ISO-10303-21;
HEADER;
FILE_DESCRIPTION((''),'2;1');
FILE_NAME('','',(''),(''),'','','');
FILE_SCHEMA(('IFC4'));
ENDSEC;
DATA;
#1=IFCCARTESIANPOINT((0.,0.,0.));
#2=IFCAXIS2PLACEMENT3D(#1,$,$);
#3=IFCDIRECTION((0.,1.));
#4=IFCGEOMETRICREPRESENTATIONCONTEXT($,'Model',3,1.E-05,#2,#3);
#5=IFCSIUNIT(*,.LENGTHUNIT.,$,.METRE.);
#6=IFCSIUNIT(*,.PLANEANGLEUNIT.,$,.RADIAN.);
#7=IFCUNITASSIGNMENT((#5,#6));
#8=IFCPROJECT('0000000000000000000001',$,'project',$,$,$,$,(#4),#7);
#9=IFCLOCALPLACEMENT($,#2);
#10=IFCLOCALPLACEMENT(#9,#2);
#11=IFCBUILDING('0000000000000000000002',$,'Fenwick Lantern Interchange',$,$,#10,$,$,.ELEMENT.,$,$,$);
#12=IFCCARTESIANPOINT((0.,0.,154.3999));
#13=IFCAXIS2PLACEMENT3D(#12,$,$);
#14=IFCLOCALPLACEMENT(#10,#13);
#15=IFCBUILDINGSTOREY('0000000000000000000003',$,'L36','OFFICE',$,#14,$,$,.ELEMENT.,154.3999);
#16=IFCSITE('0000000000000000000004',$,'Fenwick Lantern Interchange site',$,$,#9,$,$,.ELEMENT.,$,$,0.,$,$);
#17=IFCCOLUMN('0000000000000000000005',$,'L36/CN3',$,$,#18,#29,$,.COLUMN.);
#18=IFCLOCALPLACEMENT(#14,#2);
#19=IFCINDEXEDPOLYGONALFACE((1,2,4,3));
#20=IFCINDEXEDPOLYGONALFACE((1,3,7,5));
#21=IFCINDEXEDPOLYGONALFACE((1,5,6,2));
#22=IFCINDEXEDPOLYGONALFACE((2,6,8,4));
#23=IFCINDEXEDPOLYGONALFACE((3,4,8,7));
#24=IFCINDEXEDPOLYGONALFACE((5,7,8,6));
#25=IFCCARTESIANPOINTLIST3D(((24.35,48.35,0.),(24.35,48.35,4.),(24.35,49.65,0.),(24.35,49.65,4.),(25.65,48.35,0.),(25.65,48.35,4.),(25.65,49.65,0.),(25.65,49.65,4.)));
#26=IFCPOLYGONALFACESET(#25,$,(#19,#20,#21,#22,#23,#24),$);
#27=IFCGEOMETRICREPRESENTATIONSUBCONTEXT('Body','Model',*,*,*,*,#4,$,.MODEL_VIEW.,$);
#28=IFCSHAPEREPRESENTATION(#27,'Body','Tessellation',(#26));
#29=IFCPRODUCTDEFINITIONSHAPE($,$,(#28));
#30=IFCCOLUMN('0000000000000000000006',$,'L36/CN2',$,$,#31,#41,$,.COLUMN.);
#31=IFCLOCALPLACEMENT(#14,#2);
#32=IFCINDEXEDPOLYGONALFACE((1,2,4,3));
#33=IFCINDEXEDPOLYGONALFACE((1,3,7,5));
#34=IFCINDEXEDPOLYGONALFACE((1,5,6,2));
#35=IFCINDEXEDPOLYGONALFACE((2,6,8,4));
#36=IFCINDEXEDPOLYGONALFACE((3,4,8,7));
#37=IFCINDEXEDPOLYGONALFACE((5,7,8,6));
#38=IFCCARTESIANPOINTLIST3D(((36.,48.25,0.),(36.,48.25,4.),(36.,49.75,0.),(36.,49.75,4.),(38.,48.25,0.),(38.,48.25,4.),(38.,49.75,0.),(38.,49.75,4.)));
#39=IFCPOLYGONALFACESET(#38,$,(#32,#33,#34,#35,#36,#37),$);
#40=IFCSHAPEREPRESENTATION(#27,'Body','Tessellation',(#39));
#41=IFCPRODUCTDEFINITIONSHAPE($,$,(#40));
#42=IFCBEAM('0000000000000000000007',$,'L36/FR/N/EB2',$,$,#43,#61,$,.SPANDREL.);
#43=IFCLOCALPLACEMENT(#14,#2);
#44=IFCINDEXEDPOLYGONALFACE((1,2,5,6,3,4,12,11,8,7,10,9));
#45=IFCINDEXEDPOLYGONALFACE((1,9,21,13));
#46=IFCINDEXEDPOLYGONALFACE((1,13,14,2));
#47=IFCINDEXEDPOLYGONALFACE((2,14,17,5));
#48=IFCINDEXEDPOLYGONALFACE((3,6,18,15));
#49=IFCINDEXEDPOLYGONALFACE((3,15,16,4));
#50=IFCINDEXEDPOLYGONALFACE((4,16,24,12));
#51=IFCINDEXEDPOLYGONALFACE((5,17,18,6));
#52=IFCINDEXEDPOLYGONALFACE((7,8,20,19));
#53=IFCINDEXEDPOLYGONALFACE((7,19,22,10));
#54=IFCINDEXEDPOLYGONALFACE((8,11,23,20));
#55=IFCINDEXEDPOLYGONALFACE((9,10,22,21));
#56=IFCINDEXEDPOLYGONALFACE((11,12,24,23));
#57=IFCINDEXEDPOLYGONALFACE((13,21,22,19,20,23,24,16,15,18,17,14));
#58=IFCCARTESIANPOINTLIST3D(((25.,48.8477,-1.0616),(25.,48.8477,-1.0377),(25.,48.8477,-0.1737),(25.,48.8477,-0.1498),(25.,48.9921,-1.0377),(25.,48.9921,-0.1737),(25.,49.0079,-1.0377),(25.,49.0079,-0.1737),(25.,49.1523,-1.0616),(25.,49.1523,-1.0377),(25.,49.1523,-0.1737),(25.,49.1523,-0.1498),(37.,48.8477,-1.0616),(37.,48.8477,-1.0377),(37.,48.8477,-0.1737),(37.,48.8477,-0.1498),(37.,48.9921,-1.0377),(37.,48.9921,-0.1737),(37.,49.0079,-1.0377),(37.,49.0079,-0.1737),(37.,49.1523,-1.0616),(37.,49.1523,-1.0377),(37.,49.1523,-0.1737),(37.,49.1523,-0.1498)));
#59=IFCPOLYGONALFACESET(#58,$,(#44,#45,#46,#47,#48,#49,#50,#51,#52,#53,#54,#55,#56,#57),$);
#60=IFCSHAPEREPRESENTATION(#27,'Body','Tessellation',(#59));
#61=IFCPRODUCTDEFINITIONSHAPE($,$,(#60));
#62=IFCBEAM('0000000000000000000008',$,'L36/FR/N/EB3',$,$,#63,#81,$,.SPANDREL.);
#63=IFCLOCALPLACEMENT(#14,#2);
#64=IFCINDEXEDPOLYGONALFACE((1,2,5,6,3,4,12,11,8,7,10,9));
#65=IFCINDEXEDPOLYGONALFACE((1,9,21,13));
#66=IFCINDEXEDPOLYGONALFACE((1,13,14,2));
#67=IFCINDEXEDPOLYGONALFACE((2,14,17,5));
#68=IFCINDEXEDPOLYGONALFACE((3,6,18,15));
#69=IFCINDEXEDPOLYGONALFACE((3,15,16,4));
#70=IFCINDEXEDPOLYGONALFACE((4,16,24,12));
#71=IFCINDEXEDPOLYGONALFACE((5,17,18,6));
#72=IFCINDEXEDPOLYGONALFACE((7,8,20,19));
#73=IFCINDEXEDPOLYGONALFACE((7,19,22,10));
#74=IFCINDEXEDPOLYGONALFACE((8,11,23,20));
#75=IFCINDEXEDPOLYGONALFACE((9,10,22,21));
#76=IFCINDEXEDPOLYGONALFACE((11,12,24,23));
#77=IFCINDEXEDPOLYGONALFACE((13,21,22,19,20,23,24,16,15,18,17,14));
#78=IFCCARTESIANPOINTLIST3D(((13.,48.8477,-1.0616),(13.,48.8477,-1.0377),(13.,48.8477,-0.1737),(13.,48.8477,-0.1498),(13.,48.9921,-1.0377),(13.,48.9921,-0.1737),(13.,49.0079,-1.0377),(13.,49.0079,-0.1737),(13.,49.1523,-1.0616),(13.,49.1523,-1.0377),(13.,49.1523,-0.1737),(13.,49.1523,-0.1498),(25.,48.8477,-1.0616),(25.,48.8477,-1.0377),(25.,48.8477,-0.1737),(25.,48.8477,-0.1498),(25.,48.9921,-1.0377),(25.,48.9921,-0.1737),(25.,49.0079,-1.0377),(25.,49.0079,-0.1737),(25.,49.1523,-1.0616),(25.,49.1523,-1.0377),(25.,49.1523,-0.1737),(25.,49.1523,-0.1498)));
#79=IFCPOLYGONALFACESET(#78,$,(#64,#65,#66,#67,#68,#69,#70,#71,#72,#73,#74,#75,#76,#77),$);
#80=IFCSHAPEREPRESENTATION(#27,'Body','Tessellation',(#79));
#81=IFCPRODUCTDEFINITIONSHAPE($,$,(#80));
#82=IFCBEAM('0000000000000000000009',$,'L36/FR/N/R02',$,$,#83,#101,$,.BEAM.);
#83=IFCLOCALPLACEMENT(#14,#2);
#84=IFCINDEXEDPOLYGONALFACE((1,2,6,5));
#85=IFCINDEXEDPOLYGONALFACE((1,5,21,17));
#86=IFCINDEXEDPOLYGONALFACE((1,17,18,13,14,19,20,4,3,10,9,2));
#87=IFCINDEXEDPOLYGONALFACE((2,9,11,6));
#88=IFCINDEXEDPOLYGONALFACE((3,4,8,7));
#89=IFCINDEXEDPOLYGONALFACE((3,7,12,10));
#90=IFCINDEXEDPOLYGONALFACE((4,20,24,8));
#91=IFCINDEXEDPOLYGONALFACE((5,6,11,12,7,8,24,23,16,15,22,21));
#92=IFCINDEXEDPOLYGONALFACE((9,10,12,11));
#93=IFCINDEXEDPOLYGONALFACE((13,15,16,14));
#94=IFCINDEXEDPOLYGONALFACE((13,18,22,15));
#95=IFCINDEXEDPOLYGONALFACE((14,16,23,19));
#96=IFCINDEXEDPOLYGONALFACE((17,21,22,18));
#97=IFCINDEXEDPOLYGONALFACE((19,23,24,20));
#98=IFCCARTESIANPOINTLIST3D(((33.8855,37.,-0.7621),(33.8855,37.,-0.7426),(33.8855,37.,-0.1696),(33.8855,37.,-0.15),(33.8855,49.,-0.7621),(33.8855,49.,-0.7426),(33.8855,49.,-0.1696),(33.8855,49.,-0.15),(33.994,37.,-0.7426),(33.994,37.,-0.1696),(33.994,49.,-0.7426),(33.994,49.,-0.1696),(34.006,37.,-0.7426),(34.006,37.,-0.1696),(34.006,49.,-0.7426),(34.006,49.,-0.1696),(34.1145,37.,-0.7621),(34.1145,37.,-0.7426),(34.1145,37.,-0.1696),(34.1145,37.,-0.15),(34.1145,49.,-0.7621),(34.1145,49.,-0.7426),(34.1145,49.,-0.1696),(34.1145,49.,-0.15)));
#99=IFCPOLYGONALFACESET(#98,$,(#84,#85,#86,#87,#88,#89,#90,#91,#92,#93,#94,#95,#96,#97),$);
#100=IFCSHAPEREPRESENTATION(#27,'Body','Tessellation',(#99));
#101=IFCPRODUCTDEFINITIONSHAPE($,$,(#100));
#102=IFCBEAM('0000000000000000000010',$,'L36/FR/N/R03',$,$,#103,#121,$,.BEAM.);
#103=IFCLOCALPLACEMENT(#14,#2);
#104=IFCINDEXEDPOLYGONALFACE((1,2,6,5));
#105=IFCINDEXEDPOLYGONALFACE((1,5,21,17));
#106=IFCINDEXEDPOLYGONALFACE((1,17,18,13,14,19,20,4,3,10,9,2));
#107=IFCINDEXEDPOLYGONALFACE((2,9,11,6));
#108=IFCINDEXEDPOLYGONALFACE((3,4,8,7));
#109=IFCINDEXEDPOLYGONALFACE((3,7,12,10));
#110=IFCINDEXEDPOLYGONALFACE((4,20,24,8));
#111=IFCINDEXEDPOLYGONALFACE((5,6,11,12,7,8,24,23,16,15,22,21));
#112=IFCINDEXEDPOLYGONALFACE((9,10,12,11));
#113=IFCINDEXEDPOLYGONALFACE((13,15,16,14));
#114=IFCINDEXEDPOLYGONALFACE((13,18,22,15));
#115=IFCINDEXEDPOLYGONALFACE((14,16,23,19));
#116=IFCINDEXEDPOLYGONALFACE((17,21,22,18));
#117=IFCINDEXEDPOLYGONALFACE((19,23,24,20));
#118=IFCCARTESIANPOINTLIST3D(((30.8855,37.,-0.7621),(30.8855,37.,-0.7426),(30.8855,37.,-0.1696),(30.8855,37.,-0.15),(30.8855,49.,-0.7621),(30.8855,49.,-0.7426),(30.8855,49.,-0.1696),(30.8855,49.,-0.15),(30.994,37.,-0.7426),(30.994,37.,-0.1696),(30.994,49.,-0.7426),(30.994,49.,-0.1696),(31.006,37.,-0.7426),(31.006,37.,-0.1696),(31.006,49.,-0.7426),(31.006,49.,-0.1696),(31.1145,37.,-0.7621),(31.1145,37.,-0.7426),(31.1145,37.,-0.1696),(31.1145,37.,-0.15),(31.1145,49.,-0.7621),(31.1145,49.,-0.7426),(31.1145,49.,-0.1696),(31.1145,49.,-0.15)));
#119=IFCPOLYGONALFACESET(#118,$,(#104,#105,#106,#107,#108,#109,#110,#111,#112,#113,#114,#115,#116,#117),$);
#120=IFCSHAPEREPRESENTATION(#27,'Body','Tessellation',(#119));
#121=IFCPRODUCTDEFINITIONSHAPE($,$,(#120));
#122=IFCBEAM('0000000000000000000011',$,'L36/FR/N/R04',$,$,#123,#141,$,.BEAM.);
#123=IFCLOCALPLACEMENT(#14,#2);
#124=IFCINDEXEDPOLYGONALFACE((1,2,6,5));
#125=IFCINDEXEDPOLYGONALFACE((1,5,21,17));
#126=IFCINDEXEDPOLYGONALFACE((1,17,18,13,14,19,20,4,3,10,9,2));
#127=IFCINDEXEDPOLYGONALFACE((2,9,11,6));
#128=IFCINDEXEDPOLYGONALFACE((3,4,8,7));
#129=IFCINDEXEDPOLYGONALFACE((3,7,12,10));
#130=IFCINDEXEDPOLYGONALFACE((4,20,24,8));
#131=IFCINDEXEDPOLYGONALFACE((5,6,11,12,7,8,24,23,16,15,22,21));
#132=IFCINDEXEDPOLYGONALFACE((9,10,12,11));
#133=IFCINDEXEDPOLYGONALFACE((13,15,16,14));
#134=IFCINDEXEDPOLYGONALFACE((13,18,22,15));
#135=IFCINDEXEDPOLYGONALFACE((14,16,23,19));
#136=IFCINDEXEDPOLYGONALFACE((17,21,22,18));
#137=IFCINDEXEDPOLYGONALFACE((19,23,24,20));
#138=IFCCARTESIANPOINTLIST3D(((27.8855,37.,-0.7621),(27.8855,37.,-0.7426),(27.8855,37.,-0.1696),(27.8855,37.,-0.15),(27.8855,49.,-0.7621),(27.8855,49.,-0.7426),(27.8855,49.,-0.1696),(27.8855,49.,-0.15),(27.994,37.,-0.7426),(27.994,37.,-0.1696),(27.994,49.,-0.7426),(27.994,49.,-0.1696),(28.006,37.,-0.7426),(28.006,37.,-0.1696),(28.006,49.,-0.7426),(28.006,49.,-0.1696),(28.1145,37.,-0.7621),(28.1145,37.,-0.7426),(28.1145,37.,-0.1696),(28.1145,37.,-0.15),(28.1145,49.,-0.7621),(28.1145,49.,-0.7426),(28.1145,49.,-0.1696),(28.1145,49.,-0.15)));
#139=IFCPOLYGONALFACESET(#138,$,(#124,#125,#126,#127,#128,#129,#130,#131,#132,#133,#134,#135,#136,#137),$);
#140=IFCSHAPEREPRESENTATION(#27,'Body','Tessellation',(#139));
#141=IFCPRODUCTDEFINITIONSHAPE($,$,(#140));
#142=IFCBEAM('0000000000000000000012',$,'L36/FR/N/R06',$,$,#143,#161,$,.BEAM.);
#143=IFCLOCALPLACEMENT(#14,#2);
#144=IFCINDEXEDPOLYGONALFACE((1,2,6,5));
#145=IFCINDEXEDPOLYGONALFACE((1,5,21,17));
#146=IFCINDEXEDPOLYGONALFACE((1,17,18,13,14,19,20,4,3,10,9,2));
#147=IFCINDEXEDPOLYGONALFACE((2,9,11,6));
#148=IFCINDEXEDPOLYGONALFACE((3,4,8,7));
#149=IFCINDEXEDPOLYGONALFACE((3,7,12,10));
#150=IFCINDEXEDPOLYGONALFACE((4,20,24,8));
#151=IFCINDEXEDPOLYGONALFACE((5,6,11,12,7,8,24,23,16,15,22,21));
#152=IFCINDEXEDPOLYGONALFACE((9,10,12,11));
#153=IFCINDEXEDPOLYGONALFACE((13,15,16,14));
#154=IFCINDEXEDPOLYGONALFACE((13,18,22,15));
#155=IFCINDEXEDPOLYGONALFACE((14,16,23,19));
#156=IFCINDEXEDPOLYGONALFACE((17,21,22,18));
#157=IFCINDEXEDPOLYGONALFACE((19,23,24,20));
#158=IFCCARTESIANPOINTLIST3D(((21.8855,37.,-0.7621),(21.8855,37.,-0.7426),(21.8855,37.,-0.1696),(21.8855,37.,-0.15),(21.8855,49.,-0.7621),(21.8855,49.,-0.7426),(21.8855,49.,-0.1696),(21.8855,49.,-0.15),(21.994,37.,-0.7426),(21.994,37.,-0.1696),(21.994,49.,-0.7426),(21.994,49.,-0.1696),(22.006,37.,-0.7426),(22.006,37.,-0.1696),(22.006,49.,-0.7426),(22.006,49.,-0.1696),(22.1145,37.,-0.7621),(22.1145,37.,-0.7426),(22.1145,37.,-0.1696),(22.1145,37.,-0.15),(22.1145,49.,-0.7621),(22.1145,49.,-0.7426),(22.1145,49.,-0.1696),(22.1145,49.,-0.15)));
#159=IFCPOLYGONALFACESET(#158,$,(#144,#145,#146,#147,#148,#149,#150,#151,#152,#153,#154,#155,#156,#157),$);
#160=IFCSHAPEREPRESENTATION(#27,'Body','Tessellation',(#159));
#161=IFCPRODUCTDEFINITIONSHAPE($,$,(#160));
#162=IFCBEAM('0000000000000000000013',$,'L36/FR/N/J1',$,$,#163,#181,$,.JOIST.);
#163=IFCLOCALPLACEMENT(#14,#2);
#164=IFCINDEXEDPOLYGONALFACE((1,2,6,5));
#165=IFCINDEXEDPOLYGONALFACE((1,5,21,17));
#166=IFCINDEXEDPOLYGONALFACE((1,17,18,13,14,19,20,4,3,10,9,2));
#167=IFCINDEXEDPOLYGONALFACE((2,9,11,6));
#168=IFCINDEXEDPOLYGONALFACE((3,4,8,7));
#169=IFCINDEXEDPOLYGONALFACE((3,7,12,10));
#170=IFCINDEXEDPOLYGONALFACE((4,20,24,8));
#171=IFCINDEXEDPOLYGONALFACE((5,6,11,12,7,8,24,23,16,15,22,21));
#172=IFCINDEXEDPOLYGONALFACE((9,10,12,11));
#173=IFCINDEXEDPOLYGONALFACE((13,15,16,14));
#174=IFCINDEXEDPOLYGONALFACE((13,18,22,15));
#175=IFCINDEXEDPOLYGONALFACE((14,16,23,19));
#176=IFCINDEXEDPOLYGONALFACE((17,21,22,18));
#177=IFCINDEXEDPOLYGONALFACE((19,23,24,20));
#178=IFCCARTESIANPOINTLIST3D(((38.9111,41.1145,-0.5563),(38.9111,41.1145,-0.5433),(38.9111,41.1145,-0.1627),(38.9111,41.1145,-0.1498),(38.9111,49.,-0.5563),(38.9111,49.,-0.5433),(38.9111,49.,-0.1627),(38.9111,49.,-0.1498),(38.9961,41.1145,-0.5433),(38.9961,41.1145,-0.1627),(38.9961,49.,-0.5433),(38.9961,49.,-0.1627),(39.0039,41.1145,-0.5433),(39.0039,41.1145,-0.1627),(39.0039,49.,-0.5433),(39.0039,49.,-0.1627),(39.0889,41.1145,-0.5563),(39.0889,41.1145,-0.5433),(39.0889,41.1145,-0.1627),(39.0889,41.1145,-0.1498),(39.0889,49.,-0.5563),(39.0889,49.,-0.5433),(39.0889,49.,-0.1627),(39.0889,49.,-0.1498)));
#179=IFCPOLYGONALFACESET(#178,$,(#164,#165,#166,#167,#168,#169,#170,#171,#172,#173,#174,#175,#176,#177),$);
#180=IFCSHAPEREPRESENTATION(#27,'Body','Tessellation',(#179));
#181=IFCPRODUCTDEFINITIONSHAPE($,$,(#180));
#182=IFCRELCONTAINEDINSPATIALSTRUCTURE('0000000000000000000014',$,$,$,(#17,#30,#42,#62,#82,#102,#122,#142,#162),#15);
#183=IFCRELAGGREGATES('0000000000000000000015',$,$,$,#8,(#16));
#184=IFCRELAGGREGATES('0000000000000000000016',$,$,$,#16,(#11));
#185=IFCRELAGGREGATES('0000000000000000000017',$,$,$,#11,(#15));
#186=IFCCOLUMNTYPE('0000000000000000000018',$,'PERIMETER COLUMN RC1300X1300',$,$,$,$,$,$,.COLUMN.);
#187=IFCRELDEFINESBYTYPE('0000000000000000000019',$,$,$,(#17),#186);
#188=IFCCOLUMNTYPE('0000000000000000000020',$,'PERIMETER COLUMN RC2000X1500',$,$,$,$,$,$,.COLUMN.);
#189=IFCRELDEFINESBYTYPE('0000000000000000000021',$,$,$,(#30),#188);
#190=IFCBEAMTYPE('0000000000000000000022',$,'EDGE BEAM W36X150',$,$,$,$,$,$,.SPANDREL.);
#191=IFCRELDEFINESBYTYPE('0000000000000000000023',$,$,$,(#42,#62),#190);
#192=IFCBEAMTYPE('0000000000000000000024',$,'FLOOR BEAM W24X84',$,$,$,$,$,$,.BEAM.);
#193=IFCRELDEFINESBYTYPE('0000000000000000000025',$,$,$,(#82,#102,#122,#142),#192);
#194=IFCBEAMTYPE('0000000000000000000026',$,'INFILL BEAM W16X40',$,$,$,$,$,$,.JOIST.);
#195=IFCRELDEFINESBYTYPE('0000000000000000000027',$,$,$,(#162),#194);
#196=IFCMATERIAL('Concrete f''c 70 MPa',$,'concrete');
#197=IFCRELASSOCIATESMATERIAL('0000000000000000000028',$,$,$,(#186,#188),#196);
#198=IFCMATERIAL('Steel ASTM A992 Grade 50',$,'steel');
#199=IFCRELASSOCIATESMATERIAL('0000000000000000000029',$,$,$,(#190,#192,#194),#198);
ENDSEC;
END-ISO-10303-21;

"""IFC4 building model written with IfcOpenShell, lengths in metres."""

from ifc_helpers import new_model, si_unit, direction, frame, origin, origin_2d, place, context, subcontext, project, spatial, rectangle, i_section, extrude, material, material_profile, profile_set, type_object, element, save


model = new_model("IFC4")

# Units and contexts
model_context = context("Model", 3, precision=1e-05, world=origin(), true_north=direction((0.0, 1.0)))
body_context = subcontext(model_context, "Body", "Model", "MODEL_VIEW")
ifc_project = project(units=[si_unit("LENGTHUNIT", "METRE"), si_unit("PLANEANGLEUNIT", "RADIAN")], contexts=[model_context])

# Site, building, storey
site_placement = place(None, origin())
site = spatial("IfcSite", under=ifc_project, at=site_placement, Name="Fenwick Lantern Interchange site", CompositionType="ELEMENT", RefElevation=0.0)
building_placement = place(site_placement, origin())
building = spatial("IfcBuilding", under=site, at=building_placement, Name="Fenwick Lantern Interchange", CompositionType="ELEMENT")
storey_placement = place(building_placement, frame((0.0, 0.0, 154.3999)))
storey = spatial("IfcBuildingStorey", under=building, at=storey_placement, Name="L36", Description="OFFICE", CompositionType="ELEMENT", Elevation=154.3999)

# Columns
ifc_material_1 = material(Name="Concrete f'c 70 MPa", Category="concrete")
ifc_material_profile_1 = material_profile(ifc_material_1, rectangle(XDim=1.3, YDim=1.3, at=origin_2d()), Name="RC1300X1300")
ifc_profile_set_1 = profile_set([ifc_material_profile_1], Name="Concrete f'c 70 MPa")
column_type_1 = type_object("IfcColumnType", Name="PERIMETER COLUMN RC1300X1300", PredefinedType="COLUMN", material=ifc_profile_set_1)
column_1_placement = place(storey_placement, frame((25.0, 49.0, 0.0), z_axis=(0.0, 0.0, 1.0), x_axis=(1.0, 0.0, 0.0)))
element("IfcColumn", 1, at=column_1_placement, inside=storey, type_object=column_type_1, Name="L36/CN3", PredefinedType="COLUMN", context=body_context, shape_type="SweptSolid", body=[
    extrude(rectangle(XDim=1.3, YDim=1.3, at=origin_2d()), origin(), (0.0, 0.0, 1.0), 4.0),
])
ifc_material_profile_2 = material_profile(ifc_material_1, rectangle(XDim=2.0, YDim=1.5, at=origin_2d()), Name="RC2000X1500")
ifc_profile_set_2 = profile_set([ifc_material_profile_2], Name="Concrete f'c 70 MPa")
column_type_2 = type_object("IfcColumnType", Name="PERIMETER COLUMN RC2000X1500", PredefinedType="COLUMN", material=ifc_profile_set_2)
column_2_placement = place(storey_placement, frame((37.0, 49.0, 0.0), z_axis=(0.0, 0.0, 1.0), x_axis=(1.0, 0.0, 0.0)))
element("IfcColumn", 2, at=column_2_placement, inside=storey, type_object=column_type_2, Name="L36/CN2", PredefinedType="COLUMN", context=body_context, shape_type="SweptSolid", body=[
    extrude(rectangle(XDim=2.0, YDim=1.5, at=origin_2d()), origin(), (0.0, 0.0, 1.0), 4.0),
])

# Beams
ifc_material_2 = material(Name="Steel ASTM A992 Grade 50", Category="steel")
ifc_material_profile_3 = material_profile(ifc_material_2, i_section(OverallWidth=0.3047, OverallDepth=0.9119, WebThickness=0.0159, FlangeThickness=0.0239, at=origin_2d()), Name="W36X150")
ifc_profile_set_3 = profile_set([ifc_material_profile_3], Name="Steel ASTM A992 Grade 50")
beam_type_1 = type_object("IfcBeamType", Name="EDGE BEAM W36X150", PredefinedType="SPANDREL", material=ifc_profile_set_3)
for number, where, z_axis, x_axis, name in (
    (3, (37.0, 49.0, -0.6057), (-1.0, 0.0, 0.0), (0.0, -1.0, 0.0), "L36/FR/N/EB2"),
    (4, (25.0, 49.0, -0.6057), (-1.0, 0.0, 0.0), (0.0, -1.0, 0.0), "L36/FR/N/EB3"),
):
    element("IfcBeam", number, at=place(storey_placement, frame(where, z_axis=z_axis, x_axis=x_axis)), inside=storey, type_object=beam_type_1, Name=name, PredefinedType="SPANDREL", context=body_context, shape_type="SweptSolid", body=[
        extrude(i_section(OverallWidth=0.3047, OverallDepth=0.9119, WebThickness=0.0159, FlangeThickness=0.0239, at=origin_2d()), origin(), (0.0, 0.0, 1.0), 12.0),
    ])
ifc_material_profile_4 = material_profile(ifc_material_2, i_section(OverallWidth=0.229, OverallDepth=0.6121, WebThickness=0.012, FlangeThickness=0.0195, at=origin_2d()), Name="W24X84")
ifc_profile_set_4 = profile_set([ifc_material_profile_4], Name="Steel ASTM A992 Grade 50")
beam_type_2 = type_object("IfcBeamType", Name="FLOOR BEAM W24X84", PredefinedType="BEAM", material=ifc_profile_set_4)
for number, where, z_axis, x_axis, name in (
    (5, (34.0, 49.0, -0.4561), (0.0, -1.0, 0.0), (1.0, 0.0, 0.0), "L36/FR/N/R02"),
    (6, (31.0, 49.0, -0.4561), (0.0, -1.0, 0.0), (1.0, 0.0, 0.0), "L36/FR/N/R03"),
    (7, (28.0, 49.0, -0.4561), (0.0, -1.0, 0.0), (1.0, 0.0, 0.0), "L36/FR/N/R04"),
    (8, (22.0, 49.0, -0.4561), (0.0, -1.0, 0.0), (1.0, 0.0, 0.0), "L36/FR/N/R06"),
):
    element("IfcBeam", number, at=place(storey_placement, frame(where, z_axis=z_axis, x_axis=x_axis)), inside=storey, type_object=beam_type_2, Name=name, PredefinedType="BEAM", context=body_context, shape_type="SweptSolid", body=[
        extrude(i_section(OverallWidth=0.229, OverallDepth=0.6121, WebThickness=0.012, FlangeThickness=0.0195, at=origin_2d()), origin(), (0.0, 0.0, 1.0), 12.0),
    ])
ifc_material_profile_5 = material_profile(ifc_material_2, i_section(OverallWidth=0.1777, OverallDepth=0.4065, WebThickness=0.0078, FlangeThickness=0.0129, at=origin_2d()), Name="W16X40")
ifc_profile_set_5 = profile_set([ifc_material_profile_5], Name="Steel ASTM A992 Grade 50")
beam_type_3 = type_object("IfcBeamType", Name="INFILL BEAM W16X40", PredefinedType="JOIST", material=ifc_profile_set_5)
beam_1_placement = place(storey_placement, frame((39.0, 49.0, -0.353), z_axis=(0.0, -1.0, 0.0), x_axis=(1.0, 0.0, 0.0)))
element("IfcBeam", 9, at=beam_1_placement, inside=storey, type_object=beam_type_3, Name="L36/FR/N/J1", PredefinedType="JOIST", context=body_context, shape_type="SweptSolid", body=[
    extrude(i_section(OverallWidth=0.1777, OverallDepth=0.4065, WebThickness=0.0078, FlangeThickness=0.0129, at=origin_2d()), origin(), (0.0, 0.0, 1.0), 7.8855),
])

save(model, "model.ifc")
